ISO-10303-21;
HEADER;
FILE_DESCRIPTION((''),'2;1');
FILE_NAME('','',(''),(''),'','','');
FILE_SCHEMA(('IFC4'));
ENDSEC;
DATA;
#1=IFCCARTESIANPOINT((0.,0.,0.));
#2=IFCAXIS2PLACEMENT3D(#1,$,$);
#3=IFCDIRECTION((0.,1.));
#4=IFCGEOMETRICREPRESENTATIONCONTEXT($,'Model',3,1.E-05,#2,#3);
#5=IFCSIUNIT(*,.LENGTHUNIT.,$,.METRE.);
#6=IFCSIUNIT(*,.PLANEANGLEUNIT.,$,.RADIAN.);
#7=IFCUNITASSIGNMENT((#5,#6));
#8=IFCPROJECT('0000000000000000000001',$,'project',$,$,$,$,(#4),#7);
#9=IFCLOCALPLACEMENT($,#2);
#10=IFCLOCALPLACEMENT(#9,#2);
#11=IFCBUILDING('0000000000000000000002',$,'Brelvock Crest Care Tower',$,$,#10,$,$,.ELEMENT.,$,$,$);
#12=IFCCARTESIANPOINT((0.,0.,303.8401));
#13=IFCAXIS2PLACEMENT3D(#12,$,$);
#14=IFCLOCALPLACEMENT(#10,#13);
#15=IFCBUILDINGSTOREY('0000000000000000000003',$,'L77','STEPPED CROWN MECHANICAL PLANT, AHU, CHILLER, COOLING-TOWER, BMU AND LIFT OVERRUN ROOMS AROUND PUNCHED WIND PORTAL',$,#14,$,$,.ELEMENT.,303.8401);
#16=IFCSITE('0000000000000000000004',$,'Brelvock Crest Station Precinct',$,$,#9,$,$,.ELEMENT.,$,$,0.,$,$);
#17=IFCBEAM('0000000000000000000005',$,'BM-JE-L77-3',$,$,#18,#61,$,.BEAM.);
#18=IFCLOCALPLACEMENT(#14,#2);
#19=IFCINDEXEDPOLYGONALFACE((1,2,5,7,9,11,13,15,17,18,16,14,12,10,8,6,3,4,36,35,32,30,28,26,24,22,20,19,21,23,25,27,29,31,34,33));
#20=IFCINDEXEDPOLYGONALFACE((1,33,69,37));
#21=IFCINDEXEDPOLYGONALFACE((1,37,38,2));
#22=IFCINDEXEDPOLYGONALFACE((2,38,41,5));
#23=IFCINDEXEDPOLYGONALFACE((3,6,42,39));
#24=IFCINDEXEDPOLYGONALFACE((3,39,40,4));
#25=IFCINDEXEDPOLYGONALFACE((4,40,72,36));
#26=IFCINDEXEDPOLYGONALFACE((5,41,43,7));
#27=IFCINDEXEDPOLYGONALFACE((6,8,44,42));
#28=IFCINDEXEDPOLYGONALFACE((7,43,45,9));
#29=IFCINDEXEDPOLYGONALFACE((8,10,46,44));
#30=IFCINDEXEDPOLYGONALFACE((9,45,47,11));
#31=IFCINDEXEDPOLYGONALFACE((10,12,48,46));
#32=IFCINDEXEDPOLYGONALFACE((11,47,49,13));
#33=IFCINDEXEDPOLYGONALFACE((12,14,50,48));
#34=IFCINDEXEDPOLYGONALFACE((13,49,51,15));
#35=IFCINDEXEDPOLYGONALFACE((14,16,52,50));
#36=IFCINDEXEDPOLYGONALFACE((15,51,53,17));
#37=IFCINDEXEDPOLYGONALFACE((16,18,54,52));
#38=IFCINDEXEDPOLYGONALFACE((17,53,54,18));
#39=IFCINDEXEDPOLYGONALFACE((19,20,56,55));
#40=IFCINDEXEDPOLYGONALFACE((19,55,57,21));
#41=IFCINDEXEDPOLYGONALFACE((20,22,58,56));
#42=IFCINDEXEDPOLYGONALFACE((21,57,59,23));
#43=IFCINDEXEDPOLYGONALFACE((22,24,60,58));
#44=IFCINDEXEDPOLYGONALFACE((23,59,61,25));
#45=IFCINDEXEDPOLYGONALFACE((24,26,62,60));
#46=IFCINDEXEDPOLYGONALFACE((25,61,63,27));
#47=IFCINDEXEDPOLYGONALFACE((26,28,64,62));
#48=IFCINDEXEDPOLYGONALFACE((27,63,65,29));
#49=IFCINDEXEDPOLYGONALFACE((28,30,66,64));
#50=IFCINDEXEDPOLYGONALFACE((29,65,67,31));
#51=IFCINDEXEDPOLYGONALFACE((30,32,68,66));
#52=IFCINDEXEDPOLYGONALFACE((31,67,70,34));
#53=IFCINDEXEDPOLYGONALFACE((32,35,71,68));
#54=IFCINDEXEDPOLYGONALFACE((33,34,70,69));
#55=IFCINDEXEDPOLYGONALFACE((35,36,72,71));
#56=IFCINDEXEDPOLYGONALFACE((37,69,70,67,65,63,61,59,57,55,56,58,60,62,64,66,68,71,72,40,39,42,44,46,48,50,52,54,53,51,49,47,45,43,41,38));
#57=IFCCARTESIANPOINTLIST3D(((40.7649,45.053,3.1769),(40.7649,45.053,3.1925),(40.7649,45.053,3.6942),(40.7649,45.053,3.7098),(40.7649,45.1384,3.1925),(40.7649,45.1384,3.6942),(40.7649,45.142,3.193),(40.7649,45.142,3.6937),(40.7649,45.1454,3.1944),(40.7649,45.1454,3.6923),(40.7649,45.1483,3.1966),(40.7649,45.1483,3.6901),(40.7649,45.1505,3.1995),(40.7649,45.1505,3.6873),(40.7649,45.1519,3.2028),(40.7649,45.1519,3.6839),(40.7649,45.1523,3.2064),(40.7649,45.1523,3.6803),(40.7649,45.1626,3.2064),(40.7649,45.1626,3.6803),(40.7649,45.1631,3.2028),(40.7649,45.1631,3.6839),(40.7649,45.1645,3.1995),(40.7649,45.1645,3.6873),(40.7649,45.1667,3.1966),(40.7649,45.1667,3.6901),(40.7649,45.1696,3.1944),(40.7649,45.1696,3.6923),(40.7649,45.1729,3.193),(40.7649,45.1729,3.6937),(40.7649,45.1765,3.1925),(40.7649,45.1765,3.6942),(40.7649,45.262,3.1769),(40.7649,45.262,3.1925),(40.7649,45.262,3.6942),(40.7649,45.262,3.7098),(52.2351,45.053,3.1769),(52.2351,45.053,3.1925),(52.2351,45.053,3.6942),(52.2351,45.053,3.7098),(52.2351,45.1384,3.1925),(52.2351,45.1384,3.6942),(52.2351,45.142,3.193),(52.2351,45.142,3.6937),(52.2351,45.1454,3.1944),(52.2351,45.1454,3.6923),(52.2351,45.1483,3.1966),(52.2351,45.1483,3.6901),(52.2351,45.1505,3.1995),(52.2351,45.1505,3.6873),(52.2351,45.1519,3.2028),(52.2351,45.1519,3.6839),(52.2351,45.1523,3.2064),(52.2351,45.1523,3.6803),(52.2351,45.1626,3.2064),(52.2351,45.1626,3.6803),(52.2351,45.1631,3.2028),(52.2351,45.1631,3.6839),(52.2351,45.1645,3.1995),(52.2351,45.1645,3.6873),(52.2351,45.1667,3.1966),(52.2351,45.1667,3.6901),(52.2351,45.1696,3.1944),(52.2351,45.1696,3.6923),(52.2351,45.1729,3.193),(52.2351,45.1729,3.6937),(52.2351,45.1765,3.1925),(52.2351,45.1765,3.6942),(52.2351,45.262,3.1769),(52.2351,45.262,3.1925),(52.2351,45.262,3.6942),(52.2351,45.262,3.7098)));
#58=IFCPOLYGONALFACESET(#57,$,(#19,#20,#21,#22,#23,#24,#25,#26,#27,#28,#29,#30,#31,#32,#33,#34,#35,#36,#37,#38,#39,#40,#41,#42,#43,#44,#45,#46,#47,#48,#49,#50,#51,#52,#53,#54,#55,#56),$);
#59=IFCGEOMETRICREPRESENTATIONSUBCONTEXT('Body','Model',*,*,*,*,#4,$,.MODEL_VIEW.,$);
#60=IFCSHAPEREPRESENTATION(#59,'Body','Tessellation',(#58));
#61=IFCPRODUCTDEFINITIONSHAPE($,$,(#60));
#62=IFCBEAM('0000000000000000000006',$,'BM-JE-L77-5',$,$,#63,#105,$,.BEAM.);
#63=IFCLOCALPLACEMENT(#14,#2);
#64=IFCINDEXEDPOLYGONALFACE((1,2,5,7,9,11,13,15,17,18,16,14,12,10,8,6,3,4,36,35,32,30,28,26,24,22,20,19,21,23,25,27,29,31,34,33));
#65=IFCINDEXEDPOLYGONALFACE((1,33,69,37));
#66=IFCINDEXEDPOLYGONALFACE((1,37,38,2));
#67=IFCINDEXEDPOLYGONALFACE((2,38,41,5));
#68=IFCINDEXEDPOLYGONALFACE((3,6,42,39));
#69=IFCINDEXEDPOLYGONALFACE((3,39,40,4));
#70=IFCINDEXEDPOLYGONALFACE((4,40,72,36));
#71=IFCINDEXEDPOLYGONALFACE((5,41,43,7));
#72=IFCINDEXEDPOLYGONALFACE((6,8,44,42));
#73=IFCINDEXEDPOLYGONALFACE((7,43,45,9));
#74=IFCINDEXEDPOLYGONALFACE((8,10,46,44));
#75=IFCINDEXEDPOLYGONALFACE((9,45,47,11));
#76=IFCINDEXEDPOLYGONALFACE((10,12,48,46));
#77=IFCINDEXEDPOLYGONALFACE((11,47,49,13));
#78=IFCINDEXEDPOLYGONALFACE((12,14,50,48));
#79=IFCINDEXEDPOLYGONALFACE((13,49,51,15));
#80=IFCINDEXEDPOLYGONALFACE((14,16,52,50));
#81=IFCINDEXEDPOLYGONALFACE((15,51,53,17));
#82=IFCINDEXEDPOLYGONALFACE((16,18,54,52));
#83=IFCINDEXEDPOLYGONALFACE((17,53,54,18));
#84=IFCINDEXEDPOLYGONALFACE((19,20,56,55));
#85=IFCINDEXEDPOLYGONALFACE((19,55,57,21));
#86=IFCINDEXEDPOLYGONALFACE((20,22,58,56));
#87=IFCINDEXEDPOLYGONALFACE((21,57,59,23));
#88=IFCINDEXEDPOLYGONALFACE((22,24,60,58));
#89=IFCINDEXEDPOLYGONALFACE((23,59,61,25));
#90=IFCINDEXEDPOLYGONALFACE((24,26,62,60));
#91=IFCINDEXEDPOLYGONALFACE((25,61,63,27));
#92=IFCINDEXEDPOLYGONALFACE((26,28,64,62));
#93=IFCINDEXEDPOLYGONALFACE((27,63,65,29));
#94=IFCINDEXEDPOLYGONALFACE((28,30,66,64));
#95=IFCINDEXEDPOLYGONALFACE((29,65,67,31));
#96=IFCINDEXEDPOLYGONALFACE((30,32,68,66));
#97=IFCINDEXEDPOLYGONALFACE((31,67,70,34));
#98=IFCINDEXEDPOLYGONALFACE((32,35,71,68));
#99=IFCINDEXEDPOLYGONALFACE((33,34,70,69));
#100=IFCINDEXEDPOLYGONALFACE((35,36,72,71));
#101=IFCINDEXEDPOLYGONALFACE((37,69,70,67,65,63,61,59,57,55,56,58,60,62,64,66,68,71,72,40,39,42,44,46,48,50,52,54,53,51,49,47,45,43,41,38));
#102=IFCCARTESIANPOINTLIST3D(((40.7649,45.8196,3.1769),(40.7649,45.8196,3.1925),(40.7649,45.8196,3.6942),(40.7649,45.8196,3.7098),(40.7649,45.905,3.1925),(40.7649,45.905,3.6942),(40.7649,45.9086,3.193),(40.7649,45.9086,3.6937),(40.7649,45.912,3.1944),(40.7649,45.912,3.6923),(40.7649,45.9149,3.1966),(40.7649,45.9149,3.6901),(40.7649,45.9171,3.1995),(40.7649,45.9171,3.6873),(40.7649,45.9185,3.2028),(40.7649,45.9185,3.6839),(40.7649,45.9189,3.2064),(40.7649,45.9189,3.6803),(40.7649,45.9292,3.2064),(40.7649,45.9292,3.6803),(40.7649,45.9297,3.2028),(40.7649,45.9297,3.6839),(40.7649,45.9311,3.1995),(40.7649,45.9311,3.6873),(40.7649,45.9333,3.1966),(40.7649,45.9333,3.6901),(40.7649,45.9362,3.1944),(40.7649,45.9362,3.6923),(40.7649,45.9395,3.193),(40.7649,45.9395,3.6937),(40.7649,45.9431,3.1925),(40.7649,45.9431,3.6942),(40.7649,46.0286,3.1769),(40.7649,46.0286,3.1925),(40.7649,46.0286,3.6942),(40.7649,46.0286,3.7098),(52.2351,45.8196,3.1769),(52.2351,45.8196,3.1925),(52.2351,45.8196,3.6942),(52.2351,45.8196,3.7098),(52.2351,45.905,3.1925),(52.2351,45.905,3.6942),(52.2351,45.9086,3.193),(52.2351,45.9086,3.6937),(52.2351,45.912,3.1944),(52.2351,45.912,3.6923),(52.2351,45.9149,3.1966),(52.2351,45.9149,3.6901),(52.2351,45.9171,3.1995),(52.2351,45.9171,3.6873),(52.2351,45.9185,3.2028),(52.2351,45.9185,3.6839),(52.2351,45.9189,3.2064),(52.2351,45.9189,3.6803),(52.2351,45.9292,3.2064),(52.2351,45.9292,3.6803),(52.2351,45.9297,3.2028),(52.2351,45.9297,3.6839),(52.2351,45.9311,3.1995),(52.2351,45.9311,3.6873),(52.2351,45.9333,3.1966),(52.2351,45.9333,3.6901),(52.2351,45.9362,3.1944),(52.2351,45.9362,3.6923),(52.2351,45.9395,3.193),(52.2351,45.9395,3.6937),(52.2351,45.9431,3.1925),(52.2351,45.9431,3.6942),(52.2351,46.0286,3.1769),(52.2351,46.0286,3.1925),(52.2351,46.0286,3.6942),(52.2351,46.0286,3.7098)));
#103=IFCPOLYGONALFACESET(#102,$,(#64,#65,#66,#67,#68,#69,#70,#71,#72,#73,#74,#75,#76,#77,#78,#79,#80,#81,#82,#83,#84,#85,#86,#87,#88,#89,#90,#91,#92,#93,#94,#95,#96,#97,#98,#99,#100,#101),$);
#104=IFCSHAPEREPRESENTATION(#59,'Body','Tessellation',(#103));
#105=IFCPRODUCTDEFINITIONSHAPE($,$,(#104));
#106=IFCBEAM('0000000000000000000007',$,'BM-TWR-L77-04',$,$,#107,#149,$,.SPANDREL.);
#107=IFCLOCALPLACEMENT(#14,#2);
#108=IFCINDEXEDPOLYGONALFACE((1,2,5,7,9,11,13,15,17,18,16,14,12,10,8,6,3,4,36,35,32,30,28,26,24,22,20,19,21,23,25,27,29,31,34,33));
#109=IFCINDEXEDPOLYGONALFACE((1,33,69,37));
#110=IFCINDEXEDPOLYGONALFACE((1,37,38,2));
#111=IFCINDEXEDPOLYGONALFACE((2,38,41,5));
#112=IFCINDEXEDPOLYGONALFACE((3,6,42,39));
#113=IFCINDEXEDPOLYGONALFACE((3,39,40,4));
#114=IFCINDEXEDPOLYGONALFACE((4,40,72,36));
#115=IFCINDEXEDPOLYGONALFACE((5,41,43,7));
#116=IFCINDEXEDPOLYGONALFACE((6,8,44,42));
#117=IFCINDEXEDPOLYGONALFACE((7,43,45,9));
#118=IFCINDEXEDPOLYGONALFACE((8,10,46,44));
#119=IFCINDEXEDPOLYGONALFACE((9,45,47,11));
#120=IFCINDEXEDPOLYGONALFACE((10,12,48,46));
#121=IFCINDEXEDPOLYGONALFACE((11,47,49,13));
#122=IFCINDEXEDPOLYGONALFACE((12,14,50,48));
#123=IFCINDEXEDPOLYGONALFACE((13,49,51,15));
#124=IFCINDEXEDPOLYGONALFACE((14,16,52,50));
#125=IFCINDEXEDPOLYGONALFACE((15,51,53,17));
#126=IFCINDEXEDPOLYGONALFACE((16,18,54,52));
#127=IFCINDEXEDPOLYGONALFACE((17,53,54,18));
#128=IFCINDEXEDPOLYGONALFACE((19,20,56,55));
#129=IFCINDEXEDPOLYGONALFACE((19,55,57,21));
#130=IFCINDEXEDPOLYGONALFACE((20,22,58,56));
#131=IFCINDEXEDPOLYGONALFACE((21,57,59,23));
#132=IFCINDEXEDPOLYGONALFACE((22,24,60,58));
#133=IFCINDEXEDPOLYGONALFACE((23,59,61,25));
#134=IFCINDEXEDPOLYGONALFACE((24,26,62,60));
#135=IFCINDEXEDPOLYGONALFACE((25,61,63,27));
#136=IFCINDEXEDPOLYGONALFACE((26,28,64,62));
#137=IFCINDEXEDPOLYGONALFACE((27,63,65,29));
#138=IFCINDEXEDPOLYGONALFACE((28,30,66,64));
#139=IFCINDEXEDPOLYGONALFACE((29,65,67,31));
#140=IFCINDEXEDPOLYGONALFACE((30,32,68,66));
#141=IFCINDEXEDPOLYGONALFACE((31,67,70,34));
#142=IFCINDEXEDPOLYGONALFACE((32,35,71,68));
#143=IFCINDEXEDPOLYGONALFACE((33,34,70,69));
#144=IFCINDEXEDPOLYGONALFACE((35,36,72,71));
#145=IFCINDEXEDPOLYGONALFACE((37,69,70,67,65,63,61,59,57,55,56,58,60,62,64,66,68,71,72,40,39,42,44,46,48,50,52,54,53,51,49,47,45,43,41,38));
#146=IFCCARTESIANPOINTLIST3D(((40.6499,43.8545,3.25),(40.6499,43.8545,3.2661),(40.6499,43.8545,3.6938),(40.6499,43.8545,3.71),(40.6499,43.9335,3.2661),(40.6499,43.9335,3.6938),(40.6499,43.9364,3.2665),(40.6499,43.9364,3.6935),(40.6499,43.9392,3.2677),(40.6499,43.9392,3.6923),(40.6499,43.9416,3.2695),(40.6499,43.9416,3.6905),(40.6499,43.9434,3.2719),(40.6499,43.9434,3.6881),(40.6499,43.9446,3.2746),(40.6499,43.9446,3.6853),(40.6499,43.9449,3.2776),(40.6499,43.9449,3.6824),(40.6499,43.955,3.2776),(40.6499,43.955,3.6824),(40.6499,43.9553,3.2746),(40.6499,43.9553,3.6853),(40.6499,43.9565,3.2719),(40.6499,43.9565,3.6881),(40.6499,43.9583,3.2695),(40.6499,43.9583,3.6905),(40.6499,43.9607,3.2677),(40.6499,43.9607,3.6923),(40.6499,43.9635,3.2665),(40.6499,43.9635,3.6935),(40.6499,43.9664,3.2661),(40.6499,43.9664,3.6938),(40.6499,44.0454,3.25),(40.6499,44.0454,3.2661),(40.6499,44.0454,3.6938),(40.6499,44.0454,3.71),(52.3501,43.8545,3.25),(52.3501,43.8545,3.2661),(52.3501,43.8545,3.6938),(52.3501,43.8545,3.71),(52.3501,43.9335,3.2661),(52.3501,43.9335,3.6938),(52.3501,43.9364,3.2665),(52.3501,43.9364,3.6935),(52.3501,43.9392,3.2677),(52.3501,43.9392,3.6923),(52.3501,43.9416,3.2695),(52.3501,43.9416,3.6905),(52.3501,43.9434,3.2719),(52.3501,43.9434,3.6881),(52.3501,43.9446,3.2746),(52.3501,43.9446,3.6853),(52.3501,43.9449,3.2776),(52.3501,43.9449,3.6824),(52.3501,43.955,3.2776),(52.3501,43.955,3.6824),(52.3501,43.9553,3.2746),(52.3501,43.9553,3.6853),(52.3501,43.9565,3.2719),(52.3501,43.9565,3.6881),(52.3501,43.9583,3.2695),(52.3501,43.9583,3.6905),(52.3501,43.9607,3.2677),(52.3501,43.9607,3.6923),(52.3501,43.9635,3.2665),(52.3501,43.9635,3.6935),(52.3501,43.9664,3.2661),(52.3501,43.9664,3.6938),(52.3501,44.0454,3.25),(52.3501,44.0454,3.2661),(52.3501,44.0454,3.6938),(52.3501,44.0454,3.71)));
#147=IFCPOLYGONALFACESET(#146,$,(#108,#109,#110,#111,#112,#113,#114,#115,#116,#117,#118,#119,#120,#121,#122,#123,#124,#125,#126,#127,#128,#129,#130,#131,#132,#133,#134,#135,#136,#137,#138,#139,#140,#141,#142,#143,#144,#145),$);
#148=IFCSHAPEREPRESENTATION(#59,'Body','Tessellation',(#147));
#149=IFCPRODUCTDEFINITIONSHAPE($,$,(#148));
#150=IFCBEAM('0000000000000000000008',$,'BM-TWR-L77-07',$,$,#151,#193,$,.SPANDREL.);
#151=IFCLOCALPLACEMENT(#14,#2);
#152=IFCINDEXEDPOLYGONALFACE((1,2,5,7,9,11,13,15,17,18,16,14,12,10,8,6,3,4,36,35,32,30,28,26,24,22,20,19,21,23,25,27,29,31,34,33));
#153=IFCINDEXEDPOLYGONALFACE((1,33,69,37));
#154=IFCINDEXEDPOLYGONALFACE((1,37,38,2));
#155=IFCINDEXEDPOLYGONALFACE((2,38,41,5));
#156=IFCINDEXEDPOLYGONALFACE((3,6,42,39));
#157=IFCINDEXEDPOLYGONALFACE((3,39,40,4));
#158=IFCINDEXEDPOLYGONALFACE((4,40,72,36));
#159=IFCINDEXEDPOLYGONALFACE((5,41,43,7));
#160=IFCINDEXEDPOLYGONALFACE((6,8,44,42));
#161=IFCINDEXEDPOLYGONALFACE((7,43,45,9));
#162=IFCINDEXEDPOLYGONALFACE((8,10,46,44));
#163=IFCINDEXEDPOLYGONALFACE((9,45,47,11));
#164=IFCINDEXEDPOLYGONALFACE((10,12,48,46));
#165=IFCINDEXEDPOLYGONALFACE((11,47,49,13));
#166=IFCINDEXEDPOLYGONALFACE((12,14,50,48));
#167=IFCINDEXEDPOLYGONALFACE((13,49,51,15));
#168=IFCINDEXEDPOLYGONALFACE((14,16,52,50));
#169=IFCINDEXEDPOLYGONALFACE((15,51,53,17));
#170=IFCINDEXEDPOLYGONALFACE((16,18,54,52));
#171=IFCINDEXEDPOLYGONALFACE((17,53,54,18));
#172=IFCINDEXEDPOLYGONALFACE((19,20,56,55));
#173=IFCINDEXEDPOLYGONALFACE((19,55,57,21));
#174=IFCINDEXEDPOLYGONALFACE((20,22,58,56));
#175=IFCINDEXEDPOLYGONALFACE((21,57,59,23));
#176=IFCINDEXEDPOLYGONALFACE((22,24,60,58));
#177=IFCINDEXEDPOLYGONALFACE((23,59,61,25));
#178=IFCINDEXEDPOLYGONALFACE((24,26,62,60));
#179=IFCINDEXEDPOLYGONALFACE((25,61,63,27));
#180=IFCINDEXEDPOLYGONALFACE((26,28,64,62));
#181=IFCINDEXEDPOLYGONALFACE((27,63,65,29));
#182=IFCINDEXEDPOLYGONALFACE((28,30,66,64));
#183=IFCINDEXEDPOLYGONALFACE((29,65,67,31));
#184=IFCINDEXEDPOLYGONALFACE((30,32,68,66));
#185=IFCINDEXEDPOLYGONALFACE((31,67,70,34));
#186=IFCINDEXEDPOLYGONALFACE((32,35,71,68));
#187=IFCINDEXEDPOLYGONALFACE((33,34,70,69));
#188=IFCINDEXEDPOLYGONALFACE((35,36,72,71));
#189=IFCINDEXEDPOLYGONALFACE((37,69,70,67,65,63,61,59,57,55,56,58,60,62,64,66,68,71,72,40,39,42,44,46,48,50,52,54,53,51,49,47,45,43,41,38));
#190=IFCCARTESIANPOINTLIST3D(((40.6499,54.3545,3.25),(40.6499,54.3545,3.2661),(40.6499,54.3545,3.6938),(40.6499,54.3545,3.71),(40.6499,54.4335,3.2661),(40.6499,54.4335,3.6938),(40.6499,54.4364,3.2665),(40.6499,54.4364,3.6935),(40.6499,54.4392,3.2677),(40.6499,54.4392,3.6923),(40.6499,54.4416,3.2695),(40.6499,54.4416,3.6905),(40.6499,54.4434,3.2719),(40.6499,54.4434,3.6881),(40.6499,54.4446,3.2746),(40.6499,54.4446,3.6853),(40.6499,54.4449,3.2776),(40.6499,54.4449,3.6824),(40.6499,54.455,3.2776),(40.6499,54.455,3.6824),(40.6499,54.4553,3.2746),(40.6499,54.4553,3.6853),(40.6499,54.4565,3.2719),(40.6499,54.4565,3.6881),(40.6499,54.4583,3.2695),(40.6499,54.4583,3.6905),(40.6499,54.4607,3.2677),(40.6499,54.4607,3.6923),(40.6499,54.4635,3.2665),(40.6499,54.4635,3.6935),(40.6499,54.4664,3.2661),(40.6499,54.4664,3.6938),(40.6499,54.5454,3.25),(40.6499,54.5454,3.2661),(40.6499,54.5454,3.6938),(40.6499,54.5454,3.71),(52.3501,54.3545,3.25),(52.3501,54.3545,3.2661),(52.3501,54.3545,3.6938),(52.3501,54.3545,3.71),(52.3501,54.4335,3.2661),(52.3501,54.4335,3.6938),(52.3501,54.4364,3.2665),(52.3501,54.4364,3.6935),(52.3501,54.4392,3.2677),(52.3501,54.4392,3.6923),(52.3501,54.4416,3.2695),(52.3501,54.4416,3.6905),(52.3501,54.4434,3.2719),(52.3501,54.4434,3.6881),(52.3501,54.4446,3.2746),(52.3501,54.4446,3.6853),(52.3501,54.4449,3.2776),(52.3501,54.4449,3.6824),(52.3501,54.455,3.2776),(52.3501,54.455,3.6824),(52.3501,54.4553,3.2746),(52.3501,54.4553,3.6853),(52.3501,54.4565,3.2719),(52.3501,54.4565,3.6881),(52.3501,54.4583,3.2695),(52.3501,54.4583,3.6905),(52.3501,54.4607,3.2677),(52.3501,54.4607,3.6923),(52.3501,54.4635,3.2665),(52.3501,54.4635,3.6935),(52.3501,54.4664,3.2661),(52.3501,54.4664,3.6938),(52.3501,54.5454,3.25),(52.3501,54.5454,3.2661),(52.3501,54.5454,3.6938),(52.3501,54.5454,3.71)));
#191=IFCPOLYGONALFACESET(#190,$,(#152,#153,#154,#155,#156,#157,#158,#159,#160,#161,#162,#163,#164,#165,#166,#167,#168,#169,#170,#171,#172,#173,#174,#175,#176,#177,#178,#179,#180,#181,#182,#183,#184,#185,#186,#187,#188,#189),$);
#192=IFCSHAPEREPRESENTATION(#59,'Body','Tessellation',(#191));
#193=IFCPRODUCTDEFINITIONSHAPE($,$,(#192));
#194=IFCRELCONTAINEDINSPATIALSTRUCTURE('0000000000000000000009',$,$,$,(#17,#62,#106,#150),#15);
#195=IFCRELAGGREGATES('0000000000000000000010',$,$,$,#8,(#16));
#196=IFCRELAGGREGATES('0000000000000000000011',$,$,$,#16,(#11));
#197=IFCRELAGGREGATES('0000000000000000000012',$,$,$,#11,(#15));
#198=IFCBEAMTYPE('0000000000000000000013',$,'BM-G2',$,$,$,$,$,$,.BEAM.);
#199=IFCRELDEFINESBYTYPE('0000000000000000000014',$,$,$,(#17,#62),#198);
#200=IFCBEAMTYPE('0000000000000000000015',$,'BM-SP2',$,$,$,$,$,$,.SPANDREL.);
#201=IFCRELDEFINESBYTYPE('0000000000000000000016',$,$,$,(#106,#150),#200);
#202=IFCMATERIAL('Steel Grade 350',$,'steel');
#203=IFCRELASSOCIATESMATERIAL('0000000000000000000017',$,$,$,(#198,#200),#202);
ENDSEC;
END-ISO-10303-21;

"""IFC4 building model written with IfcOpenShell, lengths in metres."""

from ifc_helpers import new_model, si_unit, direction, frame, origin, origin_2d, place, context, subcontext, project, spatial, i_section, extrude, source, transform, mapped, material, material_profile, profile_set, type_object, element, save


model = new_model("IFC4")

# Units and contexts
model_context = context("Model", 3, precision=1e-05, world=origin(), true_north=direction((0.0, 1.0)))
body_context = subcontext(model_context, "Body", "Model", "MODEL_VIEW")
ifc_project = project(units=[si_unit("LENGTHUNIT", "METRE"), si_unit("PLANEANGLEUNIT", "RADIAN")], contexts=[model_context])

# Site, building, storey
site_placement = place(None, origin())
site = spatial("IfcSite", under=ifc_project, at=site_placement, Name="Brelvock Crest Station Precinct", CompositionType="ELEMENT", RefElevation=0.0)
building_placement = place(site_placement, origin())
building = spatial("IfcBuilding", under=site, at=building_placement, Name="Brelvock Crest Care Tower", CompositionType="ELEMENT")
storey_placement = place(building_placement, frame((0.0, 0.0, 303.8401)))
storey = spatial("IfcBuildingStorey", under=building, at=storey_placement, Name="L77", Description="STEPPED CROWN MECHANICAL PLANT, AHU, CHILLER, COOLING-TOWER, BMU AND LIFT OVERRUN ROOMS AROUND PUNCHED WIND PORTAL", CompositionType="ELEMENT", Elevation=303.8401)

# Shared definitions
ifc_material_1 = material(Name="Steel Grade 350", Category="steel")

# Beams
ifc_material_profile_1 = material_profile(ifc_material_1, i_section(OverallWidth=0.209, OverallDepth=0.533, WebThickness=0.0103, FlangeThickness=0.0156, FilletRadius=0.0139, at=origin_2d()), Name="530UB92.4")
ifc_profile_set_1 = profile_set([ifc_material_profile_1], Name="Steel Grade 350")
beam_type_1 = type_object("IfcBeamType", Name="BM-G2", PredefinedType="BEAM", material=ifc_profile_set_1)
shared_shape_1 = source(origin(), body_context, "Body", "SweptSolid", [
    extrude(i_section(OverallWidth=0.209, OverallDepth=0.533, WebThickness=0.0103, FlangeThickness=0.0156, FilletRadius=0.0139, at=origin_2d()), origin(), (0.0, 0.0, 1.0), 11.4702),
])
for number, where, z_axis, x_axis, name in (
    (1, (40.7649, 45.1575, 3.4434), (1.0, 0.0, 0.0), (0.0, 1.0, 0.0), "BM-JE-L77-3"),
    (2, (40.7649, 45.9241, 3.4434), (1.0, 0.0, 0.0), (0.0, 1.0, 0.0), "BM-JE-L77-5"),
):
    element("IfcBeam", number, at=place(storey_placement, frame(where, z_axis=z_axis, x_axis=x_axis)), inside=storey, type_object=beam_type_1, Name=name, PredefinedType="BEAM", context=body_context, shape_type="MappedRepresentation", body=[
        mapped(shared_shape_1, transform((0.0, 0.0, 0.0), x_axis=(1.0, 0.0, 0.0), y_axis=(0.0, 1.0, 0.0), z_axis=(0.0, 0.0, 1.0), scale=1.0)),
    ])
ifc_material_profile_2 = material_profile(ifc_material_1, i_section(OverallWidth=0.1909, OverallDepth=0.46, WebThickness=0.01, FlangeThickness=0.0161, FilletRadius=0.0115, at=origin_2d()), Name="460UB82.1")
ifc_profile_set_2 = profile_set([ifc_material_profile_2], Name="Steel Grade 350")
beam_type_2 = type_object("IfcBeamType", Name="BM-SP2", PredefinedType="SPANDREL", material=ifc_profile_set_2)
shared_shape_2 = source(origin(), body_context, "Body", "SweptSolid", [
    extrude(i_section(OverallWidth=0.1909, OverallDepth=0.46, WebThickness=0.01, FlangeThickness=0.0161, FilletRadius=0.0115, at=origin_2d()), origin(), (0.0, 0.0, 1.0), 11.7002),
])
for number, where, z_axis, x_axis, name in (
    (3, (40.6499, 43.95, 3.48), (1.0, 0.0, 0.0), (0.0, 1.0, 0.0), "BM-TWR-L77-04"),
    (4, (40.6499, 54.45, 3.48), (1.0, 0.0, 0.0), (0.0, 1.0, 0.0), "BM-TWR-L77-07"),
):
    element("IfcBeam", number, at=place(storey_placement, frame(where, z_axis=z_axis, x_axis=x_axis)), inside=storey, type_object=beam_type_2, Name=name, PredefinedType="SPANDREL", context=body_context, shape_type="MappedRepresentation", body=[
        mapped(shared_shape_2, transform((0.0, 0.0, 0.0), x_axis=(1.0, 0.0, 0.0), y_axis=(0.0, 1.0, 0.0), z_axis=(0.0, 0.0, 1.0), scale=1.0)),
    ])

save(model, "model.ifc")
